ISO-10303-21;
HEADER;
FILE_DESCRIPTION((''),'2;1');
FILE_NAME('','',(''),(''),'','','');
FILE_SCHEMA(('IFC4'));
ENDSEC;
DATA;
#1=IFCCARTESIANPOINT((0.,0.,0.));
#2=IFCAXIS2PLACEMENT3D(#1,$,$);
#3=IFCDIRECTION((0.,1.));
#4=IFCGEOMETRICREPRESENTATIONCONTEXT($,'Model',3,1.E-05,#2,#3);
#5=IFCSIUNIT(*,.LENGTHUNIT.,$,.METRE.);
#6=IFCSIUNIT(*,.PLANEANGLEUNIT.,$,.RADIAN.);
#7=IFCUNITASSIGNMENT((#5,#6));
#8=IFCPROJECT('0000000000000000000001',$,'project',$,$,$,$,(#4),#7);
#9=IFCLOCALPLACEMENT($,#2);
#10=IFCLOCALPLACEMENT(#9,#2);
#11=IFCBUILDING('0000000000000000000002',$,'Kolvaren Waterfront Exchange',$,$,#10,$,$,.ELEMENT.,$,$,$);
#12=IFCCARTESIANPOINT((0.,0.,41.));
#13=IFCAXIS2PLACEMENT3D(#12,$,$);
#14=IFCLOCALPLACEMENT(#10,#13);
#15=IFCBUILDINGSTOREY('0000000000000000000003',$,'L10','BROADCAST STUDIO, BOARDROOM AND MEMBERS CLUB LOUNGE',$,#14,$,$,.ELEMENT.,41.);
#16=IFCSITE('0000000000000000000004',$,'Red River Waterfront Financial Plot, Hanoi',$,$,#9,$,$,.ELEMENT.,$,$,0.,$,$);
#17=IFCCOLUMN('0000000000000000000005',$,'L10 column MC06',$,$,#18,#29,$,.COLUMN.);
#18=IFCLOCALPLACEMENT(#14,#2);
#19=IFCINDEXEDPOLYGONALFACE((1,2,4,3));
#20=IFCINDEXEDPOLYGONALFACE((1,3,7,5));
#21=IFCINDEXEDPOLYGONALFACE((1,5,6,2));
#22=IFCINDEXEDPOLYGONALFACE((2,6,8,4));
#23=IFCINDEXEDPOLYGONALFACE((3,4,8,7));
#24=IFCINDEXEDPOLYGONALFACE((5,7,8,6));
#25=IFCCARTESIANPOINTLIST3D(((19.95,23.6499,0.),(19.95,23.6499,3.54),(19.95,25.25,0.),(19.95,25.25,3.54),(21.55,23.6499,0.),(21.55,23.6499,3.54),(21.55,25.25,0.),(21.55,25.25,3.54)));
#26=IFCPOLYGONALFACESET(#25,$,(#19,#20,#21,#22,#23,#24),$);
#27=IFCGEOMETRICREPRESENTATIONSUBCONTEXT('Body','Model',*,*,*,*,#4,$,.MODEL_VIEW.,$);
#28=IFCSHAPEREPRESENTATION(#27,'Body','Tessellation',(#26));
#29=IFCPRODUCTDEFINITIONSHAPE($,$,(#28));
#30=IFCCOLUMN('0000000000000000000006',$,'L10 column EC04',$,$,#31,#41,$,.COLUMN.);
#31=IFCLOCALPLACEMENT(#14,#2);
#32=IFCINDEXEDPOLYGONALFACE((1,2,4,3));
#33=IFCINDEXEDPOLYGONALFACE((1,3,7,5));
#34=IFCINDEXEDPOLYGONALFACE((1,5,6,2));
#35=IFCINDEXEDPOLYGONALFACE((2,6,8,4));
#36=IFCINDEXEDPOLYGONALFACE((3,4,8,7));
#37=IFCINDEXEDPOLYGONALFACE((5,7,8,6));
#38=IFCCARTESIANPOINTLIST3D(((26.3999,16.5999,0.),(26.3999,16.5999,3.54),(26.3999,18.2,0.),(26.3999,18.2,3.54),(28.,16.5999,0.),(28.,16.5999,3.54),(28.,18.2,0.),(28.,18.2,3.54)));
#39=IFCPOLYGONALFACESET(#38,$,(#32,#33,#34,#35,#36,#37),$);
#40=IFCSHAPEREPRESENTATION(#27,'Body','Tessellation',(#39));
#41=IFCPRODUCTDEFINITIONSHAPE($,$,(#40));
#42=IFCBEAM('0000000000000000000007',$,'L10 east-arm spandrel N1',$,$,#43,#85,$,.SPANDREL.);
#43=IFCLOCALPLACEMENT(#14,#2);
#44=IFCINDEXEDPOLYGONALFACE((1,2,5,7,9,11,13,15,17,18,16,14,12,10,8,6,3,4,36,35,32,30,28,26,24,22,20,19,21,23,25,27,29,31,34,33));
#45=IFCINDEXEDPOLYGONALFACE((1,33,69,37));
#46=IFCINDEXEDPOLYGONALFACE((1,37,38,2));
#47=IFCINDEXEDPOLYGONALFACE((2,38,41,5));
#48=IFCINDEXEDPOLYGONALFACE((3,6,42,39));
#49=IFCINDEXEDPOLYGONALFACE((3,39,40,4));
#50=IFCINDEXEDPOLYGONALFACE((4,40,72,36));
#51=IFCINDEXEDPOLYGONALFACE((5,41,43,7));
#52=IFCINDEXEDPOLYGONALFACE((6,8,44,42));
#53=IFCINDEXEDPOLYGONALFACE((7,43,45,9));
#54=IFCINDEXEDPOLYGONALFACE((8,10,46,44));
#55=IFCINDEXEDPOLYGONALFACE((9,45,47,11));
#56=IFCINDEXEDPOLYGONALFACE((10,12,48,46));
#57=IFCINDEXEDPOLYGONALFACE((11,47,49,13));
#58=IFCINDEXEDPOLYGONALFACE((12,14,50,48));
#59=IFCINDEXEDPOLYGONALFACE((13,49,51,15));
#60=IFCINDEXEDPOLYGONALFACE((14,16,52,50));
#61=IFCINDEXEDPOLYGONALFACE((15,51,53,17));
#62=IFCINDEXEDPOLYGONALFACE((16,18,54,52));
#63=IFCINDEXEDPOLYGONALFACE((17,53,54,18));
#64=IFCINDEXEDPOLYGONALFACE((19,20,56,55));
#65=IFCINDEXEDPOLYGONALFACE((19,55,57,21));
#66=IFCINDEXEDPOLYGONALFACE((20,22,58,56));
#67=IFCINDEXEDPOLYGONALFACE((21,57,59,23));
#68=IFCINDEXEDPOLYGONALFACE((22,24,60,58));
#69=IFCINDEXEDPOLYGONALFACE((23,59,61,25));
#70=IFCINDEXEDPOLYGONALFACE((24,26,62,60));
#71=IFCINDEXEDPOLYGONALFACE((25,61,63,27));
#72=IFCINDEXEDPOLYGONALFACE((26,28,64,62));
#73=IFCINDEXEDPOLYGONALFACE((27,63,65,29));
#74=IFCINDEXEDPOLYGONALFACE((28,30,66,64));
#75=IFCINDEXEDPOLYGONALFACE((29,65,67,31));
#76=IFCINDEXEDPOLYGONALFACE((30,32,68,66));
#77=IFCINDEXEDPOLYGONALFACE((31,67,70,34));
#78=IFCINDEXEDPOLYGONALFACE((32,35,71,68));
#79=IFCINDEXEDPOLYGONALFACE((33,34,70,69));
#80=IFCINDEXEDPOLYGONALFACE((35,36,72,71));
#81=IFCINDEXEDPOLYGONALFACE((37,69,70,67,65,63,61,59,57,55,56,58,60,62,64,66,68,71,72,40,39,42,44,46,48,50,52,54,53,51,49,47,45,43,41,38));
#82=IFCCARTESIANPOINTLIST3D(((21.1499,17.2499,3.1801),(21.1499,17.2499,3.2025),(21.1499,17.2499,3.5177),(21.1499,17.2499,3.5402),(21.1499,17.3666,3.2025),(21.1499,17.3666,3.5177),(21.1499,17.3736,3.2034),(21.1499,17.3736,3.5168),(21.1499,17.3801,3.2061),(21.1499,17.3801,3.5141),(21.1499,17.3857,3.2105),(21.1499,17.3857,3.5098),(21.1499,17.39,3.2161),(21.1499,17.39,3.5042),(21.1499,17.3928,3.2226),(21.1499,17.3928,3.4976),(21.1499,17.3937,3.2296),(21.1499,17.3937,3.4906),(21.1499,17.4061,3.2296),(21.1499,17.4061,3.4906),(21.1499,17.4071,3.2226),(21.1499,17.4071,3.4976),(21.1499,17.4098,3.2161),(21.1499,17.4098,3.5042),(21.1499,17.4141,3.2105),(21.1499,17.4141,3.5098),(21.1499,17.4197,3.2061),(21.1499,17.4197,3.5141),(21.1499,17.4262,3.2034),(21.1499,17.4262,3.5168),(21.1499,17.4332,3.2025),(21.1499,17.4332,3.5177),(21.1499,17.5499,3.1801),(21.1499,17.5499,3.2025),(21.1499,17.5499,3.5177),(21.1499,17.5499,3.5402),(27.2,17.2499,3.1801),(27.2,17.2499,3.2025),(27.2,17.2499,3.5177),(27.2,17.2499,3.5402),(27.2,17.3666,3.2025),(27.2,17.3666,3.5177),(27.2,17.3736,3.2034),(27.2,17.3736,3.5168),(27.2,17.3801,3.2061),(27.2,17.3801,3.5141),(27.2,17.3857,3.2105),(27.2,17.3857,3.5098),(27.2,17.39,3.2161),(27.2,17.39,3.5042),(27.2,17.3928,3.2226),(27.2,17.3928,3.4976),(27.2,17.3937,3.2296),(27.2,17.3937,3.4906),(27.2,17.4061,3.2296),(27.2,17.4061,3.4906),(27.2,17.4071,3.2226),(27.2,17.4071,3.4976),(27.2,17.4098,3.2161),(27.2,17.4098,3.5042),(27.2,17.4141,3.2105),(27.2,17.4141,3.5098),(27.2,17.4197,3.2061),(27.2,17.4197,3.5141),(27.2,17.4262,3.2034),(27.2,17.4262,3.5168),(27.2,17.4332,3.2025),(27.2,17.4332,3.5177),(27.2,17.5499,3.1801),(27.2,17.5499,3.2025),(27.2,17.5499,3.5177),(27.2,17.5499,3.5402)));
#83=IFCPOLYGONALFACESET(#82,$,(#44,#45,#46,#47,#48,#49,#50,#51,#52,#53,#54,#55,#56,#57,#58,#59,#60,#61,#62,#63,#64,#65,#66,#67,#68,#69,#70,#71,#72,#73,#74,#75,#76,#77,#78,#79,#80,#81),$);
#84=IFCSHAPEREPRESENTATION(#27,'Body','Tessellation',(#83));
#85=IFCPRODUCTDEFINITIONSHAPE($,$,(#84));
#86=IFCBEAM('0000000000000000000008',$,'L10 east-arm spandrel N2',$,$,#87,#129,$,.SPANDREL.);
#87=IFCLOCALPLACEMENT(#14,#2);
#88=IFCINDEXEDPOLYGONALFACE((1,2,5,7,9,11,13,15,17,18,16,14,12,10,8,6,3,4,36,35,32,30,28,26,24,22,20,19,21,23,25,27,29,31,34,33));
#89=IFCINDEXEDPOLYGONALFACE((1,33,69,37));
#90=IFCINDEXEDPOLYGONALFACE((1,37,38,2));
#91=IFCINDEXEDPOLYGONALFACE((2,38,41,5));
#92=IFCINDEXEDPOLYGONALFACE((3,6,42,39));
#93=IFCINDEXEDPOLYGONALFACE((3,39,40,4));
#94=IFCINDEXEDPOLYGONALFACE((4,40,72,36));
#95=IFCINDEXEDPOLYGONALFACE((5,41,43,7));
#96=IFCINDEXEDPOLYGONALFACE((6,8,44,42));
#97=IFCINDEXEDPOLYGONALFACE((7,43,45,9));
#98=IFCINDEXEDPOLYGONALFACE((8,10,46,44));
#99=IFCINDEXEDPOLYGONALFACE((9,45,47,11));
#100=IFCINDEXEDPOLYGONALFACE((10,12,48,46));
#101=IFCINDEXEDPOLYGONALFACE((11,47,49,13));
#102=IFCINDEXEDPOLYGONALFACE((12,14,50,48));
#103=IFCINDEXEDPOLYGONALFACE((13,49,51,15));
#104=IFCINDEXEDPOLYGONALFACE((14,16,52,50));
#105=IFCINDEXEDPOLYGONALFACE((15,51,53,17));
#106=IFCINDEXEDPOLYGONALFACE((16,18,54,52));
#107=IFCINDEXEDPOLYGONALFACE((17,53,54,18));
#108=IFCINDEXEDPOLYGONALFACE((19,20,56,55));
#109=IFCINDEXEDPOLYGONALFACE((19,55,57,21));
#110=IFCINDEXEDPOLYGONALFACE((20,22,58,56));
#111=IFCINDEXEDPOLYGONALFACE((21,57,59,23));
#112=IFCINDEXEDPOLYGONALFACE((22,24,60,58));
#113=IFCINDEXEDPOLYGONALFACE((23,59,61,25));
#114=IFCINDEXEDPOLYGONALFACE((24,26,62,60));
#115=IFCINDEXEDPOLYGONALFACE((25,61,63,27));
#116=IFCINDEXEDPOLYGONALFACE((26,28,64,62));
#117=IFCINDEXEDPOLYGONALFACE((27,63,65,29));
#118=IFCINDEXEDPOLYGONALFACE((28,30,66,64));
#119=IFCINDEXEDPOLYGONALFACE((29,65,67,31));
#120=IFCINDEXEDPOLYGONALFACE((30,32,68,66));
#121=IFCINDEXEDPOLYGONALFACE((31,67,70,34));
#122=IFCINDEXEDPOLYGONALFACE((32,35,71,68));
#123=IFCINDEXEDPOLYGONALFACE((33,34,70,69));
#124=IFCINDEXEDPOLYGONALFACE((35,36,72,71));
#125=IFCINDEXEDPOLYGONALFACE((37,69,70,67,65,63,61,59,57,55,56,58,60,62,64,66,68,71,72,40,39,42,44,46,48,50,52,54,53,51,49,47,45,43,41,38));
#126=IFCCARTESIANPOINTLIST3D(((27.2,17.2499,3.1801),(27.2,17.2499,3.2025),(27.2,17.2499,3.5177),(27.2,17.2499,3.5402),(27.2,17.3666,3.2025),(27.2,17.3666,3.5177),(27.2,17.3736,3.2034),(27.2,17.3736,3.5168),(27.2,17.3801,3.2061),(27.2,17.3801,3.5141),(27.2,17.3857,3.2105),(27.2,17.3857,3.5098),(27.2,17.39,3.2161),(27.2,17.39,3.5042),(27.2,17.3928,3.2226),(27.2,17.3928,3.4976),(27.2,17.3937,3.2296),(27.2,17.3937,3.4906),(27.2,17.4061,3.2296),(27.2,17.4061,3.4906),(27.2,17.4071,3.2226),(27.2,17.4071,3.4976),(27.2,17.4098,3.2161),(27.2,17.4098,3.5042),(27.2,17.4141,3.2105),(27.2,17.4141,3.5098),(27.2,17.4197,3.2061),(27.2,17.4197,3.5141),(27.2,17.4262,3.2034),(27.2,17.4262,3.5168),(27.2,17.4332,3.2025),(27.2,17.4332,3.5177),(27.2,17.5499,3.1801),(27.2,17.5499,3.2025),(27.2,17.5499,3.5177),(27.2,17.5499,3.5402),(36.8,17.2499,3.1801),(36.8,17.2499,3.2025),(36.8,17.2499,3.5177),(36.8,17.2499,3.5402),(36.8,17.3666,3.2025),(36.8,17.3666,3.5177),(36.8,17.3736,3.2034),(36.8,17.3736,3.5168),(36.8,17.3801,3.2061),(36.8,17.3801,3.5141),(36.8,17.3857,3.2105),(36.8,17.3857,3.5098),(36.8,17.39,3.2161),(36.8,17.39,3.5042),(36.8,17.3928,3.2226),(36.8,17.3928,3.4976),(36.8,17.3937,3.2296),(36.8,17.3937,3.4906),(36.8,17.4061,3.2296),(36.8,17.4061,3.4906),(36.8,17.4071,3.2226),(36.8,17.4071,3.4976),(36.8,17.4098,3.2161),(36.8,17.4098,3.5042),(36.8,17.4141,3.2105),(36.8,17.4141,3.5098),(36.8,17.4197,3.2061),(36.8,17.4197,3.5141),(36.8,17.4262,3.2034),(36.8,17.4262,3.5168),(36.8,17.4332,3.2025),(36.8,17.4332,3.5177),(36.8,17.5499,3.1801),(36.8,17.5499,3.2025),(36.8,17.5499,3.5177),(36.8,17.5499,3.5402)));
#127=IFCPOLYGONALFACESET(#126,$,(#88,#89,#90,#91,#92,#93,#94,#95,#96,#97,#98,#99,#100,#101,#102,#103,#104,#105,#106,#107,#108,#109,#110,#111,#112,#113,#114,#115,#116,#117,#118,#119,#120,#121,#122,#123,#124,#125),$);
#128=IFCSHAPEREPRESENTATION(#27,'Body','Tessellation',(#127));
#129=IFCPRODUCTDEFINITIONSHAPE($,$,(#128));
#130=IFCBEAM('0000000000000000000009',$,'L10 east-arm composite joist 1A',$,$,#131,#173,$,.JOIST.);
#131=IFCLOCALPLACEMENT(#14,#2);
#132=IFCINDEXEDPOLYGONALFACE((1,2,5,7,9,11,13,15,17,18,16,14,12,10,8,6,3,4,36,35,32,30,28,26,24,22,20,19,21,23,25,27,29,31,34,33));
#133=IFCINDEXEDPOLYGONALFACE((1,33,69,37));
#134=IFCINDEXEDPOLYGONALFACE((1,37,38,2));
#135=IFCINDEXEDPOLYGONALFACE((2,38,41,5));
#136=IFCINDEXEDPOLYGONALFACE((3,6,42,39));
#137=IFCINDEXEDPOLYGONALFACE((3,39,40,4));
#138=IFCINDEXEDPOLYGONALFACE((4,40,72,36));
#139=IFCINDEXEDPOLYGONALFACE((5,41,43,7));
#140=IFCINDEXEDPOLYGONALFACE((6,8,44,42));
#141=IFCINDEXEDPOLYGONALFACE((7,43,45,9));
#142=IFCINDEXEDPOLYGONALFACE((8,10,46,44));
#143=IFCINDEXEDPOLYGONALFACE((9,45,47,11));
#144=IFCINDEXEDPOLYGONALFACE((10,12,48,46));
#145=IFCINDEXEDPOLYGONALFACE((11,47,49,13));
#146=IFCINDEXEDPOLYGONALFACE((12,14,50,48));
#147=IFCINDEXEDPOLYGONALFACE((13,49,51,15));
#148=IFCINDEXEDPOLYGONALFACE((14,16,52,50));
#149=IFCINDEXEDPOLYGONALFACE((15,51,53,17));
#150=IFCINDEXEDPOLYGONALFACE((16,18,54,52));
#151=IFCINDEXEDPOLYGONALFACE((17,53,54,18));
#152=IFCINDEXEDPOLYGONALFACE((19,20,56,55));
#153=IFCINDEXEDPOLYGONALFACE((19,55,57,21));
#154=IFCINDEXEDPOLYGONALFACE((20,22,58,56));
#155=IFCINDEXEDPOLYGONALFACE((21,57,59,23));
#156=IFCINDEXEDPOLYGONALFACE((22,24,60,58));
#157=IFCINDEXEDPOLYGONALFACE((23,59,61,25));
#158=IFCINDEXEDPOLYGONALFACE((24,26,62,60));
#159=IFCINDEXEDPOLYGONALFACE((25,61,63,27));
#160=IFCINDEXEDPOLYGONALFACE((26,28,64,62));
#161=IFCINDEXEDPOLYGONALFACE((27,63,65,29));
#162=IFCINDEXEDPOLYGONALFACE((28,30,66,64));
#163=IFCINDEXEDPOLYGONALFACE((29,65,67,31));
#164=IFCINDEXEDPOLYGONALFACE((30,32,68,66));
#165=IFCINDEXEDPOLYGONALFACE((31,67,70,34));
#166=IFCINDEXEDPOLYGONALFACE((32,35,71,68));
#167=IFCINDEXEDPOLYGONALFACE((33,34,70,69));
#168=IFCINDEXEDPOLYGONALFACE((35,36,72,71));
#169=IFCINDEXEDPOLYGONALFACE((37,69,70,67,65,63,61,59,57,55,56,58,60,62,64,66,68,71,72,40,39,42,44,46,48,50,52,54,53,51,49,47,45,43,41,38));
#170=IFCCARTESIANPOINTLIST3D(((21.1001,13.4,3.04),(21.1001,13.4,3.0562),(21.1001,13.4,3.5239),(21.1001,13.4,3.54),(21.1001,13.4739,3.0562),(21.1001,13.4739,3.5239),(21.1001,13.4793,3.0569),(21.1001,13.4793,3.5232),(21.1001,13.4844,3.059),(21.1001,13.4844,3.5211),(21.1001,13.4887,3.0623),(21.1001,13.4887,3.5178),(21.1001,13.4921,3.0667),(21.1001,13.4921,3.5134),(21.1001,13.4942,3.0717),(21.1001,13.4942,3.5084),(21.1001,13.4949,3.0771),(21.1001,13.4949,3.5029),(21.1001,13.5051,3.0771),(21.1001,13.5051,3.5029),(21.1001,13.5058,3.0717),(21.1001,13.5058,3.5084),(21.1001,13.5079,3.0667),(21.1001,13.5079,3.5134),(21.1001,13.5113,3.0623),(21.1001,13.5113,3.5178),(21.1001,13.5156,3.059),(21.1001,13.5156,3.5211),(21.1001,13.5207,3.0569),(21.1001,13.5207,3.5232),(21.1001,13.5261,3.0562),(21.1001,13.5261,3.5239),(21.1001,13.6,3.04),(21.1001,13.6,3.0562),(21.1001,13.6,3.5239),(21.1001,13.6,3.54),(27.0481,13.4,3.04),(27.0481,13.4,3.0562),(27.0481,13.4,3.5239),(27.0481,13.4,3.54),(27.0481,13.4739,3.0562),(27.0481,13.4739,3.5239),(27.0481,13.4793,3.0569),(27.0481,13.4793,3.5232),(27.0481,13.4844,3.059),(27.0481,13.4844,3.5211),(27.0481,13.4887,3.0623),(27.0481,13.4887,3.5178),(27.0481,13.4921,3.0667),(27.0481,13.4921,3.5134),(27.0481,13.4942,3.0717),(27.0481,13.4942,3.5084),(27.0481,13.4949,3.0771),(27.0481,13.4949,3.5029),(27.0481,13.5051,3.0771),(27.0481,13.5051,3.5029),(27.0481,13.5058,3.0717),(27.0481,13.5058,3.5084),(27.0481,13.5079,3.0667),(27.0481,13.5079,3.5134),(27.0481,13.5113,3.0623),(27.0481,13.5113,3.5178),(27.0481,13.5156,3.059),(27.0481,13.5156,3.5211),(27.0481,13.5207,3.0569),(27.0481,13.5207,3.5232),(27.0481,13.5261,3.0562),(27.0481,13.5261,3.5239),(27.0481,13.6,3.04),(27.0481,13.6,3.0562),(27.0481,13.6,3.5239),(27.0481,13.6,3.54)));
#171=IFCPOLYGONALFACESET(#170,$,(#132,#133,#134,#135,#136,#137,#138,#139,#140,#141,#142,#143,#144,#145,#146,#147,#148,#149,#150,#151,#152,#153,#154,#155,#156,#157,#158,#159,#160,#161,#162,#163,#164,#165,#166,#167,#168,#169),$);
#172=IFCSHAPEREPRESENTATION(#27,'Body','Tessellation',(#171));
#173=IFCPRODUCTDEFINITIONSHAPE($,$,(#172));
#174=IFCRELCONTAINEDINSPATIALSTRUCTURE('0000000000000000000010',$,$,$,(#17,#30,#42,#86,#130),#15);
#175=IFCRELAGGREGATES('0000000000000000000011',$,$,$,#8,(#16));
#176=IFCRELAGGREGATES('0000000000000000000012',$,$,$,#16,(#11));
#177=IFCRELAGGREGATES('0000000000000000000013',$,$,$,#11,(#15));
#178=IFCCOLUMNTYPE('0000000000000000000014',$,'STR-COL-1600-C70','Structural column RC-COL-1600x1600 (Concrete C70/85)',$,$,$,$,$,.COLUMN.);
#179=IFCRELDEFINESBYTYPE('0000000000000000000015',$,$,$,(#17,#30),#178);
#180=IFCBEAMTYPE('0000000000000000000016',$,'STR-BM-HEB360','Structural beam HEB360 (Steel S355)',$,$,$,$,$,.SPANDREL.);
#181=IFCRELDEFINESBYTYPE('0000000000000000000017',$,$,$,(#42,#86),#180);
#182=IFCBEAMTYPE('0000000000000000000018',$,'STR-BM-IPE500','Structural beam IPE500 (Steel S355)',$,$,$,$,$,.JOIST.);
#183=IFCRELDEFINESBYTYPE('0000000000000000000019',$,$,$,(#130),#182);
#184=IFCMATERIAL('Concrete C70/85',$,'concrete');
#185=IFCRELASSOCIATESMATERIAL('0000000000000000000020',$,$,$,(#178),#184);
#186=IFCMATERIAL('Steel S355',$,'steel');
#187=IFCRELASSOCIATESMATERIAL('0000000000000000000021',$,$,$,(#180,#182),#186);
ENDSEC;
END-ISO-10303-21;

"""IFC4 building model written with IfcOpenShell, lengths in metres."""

from ifc_helpers import new_model, si_unit, direction, frame, origin, origin_2d, place, context, subcontext, project, spatial, rectangle, i_section, extrude, material, material_profile, profile_set, type_object, element, save


model = new_model("IFC4")

# Units and contexts
model_context = context("Model", 3, precision=1e-05, world=origin(), true_north=direction((0.0, 1.0)))
body_context = subcontext(model_context, "Body", "Model", "MODEL_VIEW")
ifc_project = project(units=[si_unit("LENGTHUNIT", "METRE"), si_unit("PLANEANGLEUNIT", "RADIAN")], contexts=[model_context])

# Site, building, storey
site_placement = place(None, origin())
site = spatial("IfcSite", under=ifc_project, at=site_placement, Name="Red River Waterfront Financial Plot, Hanoi", CompositionType="ELEMENT", RefElevation=0.0)
building_placement = place(site_placement, origin())
building = spatial("IfcBuilding", under=site, at=building_placement, Name="Kolvaren Waterfront Exchange", CompositionType="ELEMENT")
storey_placement = place(building_placement, frame((0.0, 0.0, 41.0)))
storey = spatial("IfcBuildingStorey", under=building, at=storey_placement, Name="L10", Description="BROADCAST STUDIO, BOARDROOM AND MEMBERS CLUB LOUNGE", CompositionType="ELEMENT", Elevation=41.0)

# Columns
ifc_material_1 = material(Name="Concrete C70/85", Category="concrete")
ifc_material_profile_1 = material_profile(ifc_material_1, rectangle(XDim=1.6001, YDim=1.6001, at=origin_2d()), Name="RC-COL-1600x1600")
ifc_profile_set_1 = profile_set([ifc_material_profile_1], Name="Concrete C70/85")
column_type = type_object("IfcColumnType", Name="STR-COL-1600-C70", Description="Structural column RC-COL-1600x1600 (Concrete C70/85)", PredefinedType="COLUMN", material=ifc_profile_set_1)
for number, where, z_axis, x_axis, name in (
    (1, (20.75, 24.45, 0.0), (0.0, 0.0, 1.0), (1.0, 0.0, 0.0), "L10 column MC06"),
    (2, (27.2, 17.3999, 0.0), (0.0, 0.0, 1.0), (1.0, 0.0, 0.0), "L10 column EC04"),
):
    element("IfcColumn", number, at=place(storey_placement, frame(where, z_axis=z_axis, x_axis=x_axis)), inside=storey, type_object=column_type, Name=name, PredefinedType="COLUMN", context=body_context, shape_type="SweptSolid", body=[
        extrude(rectangle(XDim=1.6001, YDim=1.6001, at=origin_2d()), origin(), (0.0, 0.0, 1.0), 3.54),
    ])

# Beams
ifc_material_2 = material(Name="Steel S355", Category="steel")
ifc_material_profile_2 = material_profile(ifc_material_2, i_section(OverallWidth=0.3, OverallDepth=0.3601, WebThickness=0.0125, FlangeThickness=0.0225, FilletRadius=0.0271, at=origin_2d()), Name="HEB360")
ifc_profile_set_2 = profile_set([ifc_material_profile_2], Name="Steel S355")
beam_type_1 = type_object("IfcBeamType", Name="STR-BM-HEB360", Description="Structural beam HEB360 (Steel S355)", PredefinedType="SPANDREL", material=ifc_profile_set_2)
beam_1_placement = place(storey_placement, frame((21.1499, 17.3999, 3.3601), z_axis=(1.0, 0.0, 0.0), x_axis=(0.0, 1.0, 0.0)))
element("IfcBeam", 3, at=beam_1_placement, inside=storey, type_object=beam_type_1, Name="L10 east-arm spandrel N1", PredefinedType="SPANDREL", context=body_context, shape_type="SweptSolid", body=[
    extrude(i_section(OverallWidth=0.3, OverallDepth=0.3601, WebThickness=0.0125, FlangeThickness=0.0225, FilletRadius=0.0271, at=origin_2d()), origin(), (0.0, 0.0, 1.0), 6.05),
])
beam_2_placement = place(storey_placement, frame((27.2, 17.3999, 3.3601), z_axis=(1.0, 0.0, 0.0), x_axis=(0.0, 1.0, 0.0)))
element("IfcBeam", 4, at=beam_2_placement, inside=storey, type_object=beam_type_1, Name="L10 east-arm spandrel N2", PredefinedType="SPANDREL", context=body_context, shape_type="SweptSolid", body=[
    extrude(i_section(OverallWidth=0.3, OverallDepth=0.3601, WebThickness=0.0125, FlangeThickness=0.0225, FilletRadius=0.0271, at=origin_2d()), origin(), (0.0, 0.0, 1.0), 9.6001),
])
ifc_material_profile_3 = material_profile(ifc_material_2, i_section(OverallWidth=0.2, OverallDepth=0.5, WebThickness=0.0103, FlangeThickness=0.0161, FilletRadius=0.021, at=origin_2d()), Name="IPE500")
ifc_profile_set_3 = profile_set([ifc_material_profile_3], Name="Steel S355")
beam_type_2 = type_object("IfcBeamType", Name="STR-BM-IPE500", Description="Structural beam IPE500 (Steel S355)", PredefinedType="JOIST", material=ifc_profile_set_3)
for number, where, z_axis, x_axis, name in (
    (5, (21.1001, 13.5, 3.29), (1.0, 0.0, 0.0), (0.0, 1.0, 0.0), "L10 east-arm composite joist 1A"),
):
    element("IfcBeam", number, at=place(storey_placement, frame(where, z_axis=z_axis, x_axis=x_axis)), inside=storey, type_object=beam_type_2, Name=name, PredefinedType="JOIST", context=body_context, shape_type="SweptSolid", body=[
        extrude(i_section(OverallWidth=0.2, OverallDepth=0.5, WebThickness=0.0103, FlangeThickness=0.0161, FilletRadius=0.021, at=origin_2d()), origin(), (0.0, 0.0, 1.0), 5.948),
    ])

save(model, "model.ifc")
